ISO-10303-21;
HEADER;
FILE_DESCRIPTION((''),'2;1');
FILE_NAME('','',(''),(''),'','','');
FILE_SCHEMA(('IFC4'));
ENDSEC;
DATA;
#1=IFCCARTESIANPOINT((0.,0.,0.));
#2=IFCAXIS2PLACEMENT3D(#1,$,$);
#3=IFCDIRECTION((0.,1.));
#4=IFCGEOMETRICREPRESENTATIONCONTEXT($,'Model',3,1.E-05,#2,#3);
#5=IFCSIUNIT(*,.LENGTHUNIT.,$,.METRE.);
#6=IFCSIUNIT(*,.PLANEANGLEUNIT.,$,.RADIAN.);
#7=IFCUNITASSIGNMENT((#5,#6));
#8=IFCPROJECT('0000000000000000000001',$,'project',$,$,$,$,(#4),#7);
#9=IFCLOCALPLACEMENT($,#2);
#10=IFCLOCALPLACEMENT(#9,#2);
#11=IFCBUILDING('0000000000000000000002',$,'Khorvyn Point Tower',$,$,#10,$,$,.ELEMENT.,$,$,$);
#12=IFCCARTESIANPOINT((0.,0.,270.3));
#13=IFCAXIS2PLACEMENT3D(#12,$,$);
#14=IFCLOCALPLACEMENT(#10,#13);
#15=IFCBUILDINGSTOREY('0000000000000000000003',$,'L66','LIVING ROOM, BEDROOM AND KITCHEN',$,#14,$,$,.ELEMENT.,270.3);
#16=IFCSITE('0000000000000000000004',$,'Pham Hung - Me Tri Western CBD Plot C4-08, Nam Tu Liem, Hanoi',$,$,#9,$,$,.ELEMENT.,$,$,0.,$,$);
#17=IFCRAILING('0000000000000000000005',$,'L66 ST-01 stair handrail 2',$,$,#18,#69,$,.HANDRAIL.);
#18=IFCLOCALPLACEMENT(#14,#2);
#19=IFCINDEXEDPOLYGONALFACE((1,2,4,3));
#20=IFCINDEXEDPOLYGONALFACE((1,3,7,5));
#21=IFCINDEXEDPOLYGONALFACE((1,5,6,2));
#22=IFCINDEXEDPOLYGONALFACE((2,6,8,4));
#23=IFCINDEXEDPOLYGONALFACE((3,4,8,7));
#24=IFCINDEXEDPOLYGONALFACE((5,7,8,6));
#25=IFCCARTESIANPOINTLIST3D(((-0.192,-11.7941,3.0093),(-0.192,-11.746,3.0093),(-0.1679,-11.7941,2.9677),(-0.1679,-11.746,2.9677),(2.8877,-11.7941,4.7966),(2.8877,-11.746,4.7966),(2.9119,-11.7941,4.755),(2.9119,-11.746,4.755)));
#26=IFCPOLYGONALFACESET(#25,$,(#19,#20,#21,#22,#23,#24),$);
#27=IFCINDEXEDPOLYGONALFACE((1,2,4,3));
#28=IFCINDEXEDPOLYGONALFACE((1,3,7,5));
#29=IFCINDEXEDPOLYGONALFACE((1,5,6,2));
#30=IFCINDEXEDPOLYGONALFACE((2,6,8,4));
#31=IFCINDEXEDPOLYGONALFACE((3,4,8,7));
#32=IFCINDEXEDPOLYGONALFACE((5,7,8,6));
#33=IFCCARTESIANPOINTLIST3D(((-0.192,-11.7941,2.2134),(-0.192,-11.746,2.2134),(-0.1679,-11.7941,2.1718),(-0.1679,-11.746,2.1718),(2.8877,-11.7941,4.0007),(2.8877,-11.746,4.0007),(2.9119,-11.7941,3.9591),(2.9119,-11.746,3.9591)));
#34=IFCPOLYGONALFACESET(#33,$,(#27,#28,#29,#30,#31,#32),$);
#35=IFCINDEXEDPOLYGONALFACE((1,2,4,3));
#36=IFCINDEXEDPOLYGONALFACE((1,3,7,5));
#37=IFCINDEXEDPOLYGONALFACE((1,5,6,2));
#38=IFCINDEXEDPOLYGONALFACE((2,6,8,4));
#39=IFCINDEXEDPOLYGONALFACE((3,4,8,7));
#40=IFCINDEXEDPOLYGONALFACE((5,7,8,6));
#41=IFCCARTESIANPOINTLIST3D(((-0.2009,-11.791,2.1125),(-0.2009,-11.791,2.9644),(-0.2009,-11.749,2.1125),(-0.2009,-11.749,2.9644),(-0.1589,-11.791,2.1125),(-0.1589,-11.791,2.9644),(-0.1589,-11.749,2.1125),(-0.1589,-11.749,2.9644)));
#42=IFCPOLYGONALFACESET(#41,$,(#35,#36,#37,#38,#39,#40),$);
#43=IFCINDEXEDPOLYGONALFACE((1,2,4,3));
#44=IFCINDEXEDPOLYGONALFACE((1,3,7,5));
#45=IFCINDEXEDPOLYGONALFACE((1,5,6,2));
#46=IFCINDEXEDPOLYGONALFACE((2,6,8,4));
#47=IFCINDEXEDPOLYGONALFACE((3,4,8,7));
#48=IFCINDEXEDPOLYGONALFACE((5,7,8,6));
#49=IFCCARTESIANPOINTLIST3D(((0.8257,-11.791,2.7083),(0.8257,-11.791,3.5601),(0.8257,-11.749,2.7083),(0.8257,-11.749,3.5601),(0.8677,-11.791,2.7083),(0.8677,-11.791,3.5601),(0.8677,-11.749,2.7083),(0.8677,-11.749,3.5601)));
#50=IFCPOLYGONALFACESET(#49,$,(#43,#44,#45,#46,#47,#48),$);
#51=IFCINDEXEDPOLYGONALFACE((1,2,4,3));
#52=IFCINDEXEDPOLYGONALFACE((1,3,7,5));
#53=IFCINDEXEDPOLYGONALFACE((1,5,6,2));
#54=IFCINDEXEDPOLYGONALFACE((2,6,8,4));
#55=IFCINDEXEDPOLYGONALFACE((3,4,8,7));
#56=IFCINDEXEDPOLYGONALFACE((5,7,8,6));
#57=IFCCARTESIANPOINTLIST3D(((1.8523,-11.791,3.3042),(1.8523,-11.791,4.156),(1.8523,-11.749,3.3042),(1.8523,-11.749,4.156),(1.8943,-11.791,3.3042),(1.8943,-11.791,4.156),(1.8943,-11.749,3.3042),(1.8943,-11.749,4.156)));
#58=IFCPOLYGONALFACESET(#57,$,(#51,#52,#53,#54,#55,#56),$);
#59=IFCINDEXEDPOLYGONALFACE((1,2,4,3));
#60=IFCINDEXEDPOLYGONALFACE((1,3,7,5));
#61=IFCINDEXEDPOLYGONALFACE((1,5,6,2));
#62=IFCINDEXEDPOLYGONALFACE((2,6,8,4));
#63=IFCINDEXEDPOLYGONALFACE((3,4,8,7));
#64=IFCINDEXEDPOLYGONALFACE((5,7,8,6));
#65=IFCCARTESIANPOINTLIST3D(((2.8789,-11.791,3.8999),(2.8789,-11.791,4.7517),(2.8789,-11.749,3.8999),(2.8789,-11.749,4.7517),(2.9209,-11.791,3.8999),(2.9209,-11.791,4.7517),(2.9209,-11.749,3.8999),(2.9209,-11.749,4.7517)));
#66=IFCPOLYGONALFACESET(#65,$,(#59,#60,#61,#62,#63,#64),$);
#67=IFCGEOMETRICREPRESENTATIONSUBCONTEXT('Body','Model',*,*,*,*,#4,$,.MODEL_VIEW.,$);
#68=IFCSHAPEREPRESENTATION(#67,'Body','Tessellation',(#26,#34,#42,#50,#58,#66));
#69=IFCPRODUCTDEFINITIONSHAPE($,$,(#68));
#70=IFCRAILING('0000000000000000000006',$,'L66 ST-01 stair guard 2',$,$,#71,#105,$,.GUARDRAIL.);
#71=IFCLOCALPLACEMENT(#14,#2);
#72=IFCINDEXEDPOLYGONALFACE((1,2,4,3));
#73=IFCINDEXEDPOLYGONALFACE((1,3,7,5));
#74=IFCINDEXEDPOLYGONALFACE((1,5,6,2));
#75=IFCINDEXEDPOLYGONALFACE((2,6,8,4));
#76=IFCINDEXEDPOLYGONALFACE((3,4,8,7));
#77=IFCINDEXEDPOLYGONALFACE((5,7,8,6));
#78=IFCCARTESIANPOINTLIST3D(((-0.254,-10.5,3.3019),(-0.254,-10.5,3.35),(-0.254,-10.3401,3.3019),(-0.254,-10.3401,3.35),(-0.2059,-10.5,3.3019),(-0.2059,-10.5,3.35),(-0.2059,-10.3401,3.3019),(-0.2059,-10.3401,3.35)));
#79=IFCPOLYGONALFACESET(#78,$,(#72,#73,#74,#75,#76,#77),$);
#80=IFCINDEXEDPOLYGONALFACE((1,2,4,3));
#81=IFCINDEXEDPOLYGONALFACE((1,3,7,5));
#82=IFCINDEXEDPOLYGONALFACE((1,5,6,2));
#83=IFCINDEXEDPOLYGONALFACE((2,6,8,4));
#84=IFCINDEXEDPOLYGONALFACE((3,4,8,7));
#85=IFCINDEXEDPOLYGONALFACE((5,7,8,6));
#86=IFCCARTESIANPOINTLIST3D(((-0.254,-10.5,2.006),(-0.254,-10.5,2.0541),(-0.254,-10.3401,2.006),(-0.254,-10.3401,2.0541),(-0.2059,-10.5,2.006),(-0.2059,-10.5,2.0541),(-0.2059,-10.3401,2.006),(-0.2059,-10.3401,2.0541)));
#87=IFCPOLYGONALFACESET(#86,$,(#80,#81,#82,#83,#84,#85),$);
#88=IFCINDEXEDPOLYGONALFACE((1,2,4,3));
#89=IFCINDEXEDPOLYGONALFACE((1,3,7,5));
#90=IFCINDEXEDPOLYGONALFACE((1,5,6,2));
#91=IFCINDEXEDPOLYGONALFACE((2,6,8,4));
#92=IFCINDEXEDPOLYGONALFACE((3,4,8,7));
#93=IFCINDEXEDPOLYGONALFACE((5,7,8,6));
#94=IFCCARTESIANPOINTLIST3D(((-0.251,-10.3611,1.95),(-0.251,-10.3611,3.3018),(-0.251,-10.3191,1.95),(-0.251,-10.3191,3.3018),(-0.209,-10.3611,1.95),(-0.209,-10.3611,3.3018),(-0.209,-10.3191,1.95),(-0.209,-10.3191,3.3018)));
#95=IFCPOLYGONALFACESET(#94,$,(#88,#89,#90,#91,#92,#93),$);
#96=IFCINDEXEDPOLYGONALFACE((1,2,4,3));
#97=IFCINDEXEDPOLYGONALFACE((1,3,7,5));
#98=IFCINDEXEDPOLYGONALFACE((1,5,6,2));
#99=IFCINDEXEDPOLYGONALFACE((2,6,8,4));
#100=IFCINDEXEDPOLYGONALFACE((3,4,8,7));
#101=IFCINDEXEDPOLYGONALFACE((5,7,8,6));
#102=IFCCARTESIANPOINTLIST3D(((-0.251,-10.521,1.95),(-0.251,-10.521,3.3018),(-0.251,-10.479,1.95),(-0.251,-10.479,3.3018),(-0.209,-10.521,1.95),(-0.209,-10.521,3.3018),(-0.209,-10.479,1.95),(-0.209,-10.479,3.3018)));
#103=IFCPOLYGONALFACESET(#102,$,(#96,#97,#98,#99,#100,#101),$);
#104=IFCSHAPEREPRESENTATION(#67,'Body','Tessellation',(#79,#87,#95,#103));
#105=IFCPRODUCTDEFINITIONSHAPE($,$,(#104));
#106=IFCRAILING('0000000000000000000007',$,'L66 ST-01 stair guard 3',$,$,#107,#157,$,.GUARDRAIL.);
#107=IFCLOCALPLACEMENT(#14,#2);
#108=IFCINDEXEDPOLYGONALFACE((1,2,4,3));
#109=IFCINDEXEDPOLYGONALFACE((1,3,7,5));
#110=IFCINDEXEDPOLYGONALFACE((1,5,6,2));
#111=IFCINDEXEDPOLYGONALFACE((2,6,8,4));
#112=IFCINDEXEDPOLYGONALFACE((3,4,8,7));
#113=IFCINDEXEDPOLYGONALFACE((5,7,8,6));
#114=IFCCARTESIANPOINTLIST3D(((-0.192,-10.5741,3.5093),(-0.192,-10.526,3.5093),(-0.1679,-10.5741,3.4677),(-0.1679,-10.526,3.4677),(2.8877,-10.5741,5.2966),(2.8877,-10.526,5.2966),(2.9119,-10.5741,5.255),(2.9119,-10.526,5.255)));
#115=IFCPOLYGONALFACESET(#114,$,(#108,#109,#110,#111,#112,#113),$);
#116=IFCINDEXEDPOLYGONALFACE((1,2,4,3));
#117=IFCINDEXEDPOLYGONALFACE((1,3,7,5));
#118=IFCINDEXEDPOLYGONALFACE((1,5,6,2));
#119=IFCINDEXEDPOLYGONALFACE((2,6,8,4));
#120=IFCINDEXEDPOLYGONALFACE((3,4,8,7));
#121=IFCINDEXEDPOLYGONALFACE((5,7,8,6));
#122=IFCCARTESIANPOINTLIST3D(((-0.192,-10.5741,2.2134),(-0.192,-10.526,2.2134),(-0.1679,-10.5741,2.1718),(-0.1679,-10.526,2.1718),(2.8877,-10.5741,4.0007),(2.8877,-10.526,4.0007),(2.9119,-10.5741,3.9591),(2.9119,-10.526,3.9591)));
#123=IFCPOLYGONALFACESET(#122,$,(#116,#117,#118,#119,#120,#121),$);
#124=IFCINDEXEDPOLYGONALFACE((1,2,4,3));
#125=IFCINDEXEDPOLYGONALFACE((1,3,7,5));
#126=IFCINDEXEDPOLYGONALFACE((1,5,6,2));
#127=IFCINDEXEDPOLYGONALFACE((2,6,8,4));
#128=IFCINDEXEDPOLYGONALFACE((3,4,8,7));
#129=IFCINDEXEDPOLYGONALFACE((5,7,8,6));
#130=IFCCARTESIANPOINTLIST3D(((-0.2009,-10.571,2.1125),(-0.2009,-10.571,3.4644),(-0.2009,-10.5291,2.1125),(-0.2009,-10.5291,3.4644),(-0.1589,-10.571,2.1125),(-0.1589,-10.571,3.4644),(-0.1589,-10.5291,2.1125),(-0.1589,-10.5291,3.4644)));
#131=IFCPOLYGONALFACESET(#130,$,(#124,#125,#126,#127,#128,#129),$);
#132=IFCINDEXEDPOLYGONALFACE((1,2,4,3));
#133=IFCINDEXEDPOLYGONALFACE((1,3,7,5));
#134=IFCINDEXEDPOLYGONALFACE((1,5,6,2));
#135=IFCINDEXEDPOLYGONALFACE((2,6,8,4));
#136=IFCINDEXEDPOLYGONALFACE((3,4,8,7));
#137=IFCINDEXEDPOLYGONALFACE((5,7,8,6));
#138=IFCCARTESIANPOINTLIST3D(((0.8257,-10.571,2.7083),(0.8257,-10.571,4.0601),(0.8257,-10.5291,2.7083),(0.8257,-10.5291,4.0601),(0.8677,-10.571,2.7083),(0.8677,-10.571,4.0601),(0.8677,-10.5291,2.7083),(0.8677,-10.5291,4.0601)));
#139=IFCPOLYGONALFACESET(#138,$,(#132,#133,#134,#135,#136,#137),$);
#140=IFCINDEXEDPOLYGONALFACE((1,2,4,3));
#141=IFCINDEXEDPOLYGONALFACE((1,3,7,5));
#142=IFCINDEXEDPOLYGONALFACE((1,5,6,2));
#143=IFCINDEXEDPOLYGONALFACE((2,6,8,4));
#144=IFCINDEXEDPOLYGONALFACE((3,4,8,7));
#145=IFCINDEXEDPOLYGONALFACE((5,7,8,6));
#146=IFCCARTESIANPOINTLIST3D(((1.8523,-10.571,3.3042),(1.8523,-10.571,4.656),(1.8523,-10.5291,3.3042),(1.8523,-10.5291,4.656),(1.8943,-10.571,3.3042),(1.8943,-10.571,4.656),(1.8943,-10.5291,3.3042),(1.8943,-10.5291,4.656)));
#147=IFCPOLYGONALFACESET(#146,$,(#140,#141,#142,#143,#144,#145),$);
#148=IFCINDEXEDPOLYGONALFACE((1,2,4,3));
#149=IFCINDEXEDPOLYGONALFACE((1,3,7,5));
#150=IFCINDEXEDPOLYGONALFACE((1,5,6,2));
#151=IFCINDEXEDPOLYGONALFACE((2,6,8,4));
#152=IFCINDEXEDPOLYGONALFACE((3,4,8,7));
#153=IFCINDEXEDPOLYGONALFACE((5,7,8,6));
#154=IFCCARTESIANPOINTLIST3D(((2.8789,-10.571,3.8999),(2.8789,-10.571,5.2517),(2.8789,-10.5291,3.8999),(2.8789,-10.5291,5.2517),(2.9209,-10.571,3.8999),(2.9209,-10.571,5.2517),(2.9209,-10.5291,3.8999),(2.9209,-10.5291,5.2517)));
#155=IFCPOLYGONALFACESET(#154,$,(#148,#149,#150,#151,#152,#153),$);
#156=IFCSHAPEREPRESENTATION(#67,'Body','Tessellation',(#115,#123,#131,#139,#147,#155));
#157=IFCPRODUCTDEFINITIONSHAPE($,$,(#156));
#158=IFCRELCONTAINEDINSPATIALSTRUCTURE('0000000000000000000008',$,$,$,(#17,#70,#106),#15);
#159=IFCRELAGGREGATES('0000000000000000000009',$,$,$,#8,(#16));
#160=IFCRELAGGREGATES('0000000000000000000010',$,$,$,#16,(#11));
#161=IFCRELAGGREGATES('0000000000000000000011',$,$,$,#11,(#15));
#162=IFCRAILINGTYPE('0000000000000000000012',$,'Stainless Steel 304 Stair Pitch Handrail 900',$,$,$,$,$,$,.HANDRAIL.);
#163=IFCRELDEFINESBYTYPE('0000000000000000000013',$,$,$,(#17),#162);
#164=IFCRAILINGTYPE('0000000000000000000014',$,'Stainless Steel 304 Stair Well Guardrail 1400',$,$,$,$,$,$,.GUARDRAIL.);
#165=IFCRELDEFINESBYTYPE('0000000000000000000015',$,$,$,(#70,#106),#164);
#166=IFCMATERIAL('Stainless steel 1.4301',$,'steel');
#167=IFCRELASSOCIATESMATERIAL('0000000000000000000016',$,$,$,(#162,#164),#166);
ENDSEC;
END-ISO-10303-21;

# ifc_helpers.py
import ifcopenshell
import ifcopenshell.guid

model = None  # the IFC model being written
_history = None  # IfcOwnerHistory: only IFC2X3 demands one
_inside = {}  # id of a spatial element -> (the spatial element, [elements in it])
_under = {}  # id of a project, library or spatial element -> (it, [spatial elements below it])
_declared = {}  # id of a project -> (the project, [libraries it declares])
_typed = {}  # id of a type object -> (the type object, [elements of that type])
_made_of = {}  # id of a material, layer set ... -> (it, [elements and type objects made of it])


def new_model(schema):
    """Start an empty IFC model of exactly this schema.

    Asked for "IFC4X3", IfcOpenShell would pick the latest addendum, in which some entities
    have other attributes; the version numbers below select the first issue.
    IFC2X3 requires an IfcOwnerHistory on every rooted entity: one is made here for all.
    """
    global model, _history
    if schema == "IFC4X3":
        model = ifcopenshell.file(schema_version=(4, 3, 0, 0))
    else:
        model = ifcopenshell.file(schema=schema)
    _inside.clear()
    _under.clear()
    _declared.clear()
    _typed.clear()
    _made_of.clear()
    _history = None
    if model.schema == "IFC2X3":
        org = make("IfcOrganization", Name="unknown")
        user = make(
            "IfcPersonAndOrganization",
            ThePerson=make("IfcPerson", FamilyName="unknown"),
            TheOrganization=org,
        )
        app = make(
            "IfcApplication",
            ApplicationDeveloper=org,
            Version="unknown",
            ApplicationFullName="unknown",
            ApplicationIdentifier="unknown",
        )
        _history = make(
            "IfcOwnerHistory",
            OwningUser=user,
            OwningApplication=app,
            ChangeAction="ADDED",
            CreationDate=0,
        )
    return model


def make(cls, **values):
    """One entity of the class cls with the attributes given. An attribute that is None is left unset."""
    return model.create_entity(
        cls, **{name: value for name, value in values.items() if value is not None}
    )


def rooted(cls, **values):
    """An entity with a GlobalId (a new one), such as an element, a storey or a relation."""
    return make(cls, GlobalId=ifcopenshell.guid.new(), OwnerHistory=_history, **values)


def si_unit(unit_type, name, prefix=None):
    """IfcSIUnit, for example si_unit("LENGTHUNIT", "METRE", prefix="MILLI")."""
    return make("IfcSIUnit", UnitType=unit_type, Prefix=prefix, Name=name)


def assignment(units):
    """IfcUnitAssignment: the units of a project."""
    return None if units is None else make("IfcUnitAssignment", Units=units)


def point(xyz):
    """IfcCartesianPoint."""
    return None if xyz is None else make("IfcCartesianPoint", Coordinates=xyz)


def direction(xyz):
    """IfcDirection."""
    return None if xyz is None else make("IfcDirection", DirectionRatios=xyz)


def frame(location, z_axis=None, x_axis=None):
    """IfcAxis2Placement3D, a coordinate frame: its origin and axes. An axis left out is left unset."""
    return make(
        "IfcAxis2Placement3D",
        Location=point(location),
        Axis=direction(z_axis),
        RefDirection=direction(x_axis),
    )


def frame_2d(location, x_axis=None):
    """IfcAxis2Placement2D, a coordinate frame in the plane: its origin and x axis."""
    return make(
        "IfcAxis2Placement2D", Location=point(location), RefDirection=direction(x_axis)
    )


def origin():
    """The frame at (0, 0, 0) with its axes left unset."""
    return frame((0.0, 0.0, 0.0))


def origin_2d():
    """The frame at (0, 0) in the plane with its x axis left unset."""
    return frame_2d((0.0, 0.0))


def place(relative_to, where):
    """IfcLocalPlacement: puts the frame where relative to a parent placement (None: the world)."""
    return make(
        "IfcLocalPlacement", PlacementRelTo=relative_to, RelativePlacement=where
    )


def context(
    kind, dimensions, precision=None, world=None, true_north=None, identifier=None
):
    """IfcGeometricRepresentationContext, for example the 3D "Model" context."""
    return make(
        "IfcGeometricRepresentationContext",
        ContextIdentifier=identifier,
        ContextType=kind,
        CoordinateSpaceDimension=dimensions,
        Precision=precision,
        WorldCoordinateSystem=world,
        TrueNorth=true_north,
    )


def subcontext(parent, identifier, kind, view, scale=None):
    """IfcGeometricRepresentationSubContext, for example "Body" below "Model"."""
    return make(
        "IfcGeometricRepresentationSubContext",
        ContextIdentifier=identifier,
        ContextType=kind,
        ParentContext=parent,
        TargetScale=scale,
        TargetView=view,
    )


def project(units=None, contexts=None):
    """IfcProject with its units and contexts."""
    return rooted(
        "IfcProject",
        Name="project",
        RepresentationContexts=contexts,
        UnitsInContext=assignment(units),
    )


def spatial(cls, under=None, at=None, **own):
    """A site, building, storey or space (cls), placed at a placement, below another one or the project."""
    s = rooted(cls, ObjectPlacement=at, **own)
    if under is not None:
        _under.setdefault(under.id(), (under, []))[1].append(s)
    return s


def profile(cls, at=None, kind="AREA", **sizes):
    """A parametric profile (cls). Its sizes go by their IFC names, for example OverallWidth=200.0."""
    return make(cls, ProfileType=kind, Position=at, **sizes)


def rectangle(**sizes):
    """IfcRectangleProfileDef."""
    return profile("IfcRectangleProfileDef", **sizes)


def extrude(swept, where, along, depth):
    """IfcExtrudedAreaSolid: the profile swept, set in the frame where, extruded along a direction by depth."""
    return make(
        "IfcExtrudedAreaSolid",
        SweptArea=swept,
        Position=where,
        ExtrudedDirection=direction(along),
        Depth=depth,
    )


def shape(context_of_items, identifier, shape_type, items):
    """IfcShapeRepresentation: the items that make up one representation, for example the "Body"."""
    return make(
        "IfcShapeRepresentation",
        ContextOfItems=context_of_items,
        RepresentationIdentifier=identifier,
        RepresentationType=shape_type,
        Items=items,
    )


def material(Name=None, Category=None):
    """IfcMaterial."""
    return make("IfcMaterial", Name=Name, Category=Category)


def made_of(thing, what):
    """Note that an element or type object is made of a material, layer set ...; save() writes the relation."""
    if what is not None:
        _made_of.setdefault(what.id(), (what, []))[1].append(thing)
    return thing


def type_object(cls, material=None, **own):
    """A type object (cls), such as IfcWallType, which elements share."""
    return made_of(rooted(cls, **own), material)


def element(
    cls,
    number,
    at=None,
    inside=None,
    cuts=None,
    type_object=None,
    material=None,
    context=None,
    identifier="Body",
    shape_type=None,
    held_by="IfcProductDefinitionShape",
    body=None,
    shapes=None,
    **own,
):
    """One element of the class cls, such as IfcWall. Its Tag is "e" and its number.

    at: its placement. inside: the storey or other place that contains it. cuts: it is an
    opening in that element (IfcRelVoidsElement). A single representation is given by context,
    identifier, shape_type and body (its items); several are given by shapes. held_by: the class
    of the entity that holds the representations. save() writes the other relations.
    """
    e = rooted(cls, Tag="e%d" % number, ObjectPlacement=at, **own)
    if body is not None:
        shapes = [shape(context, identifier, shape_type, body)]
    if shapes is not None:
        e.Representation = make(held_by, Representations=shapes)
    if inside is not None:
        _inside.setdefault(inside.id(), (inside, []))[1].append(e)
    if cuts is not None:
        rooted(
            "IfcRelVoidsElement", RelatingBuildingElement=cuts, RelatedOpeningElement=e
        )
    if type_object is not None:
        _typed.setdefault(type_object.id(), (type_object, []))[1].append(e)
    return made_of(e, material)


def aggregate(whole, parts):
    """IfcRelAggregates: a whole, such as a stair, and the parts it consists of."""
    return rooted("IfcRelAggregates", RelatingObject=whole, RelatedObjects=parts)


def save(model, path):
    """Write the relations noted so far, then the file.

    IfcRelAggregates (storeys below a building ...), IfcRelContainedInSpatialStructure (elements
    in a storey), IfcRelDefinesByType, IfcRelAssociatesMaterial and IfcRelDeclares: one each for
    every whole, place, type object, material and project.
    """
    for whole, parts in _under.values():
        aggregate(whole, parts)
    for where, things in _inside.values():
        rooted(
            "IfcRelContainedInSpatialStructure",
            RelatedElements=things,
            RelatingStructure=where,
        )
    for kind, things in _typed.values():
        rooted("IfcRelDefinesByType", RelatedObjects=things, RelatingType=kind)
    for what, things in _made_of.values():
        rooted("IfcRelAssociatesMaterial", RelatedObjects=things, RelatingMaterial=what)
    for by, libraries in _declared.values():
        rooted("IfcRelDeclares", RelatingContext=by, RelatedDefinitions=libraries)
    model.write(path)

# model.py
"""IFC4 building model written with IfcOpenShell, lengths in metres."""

from ifc_helpers import new_model, si_unit, direction, frame, origin, origin_2d, place, context, subcontext, project, spatial, rectangle, extrude, material, type_object, element, save


model = new_model("IFC4")

# Units and contexts
model_context = context("Model", 3, precision=1e-05, world=origin(), true_north=direction((0.0, 1.0)))
body_context = subcontext(model_context, "Body", "Model", "MODEL_VIEW")
ifc_project = project(units=[si_unit("LENGTHUNIT", "METRE"), si_unit("PLANEANGLEUNIT", "RADIAN")], contexts=[model_context])

# Site, building, storey
site_placement = place(None, origin())
site = spatial("IfcSite", under=ifc_project, at=site_placement, Name="Pham Hung - Me Tri Western CBD Plot C4-08, Nam Tu Liem, Hanoi", CompositionType="ELEMENT", RefElevation=0.0)
building_placement = place(site_placement, origin())
building = spatial("IfcBuilding", under=site, at=building_placement, Name="Khorvyn Point Tower", CompositionType="ELEMENT")
storey_placement = place(building_placement, frame((0.0, 0.0, 270.3)))
storey = spatial("IfcBuildingStorey", under=building, at=storey_placement, Name="L66", Description="LIVING ROOM, BEDROOM AND KITCHEN", CompositionType="ELEMENT", Elevation=270.3)

# Railings
ifc_material_1 = material(Name="Stainless steel 1.4301", Category="steel")
railing_type_1 = type_object("IfcRailingType", Name="Stainless Steel 304 Stair Pitch Handrail 900", PredefinedType="HANDRAIL", material=ifc_material_1)
railing_1_placement = place(storey_placement, frame((-0.1799, -11.77, 2.1125)))
element("IfcRailing", 1, at=railing_1_placement, inside=storey, type_object=railing_type_1, Name="L66 ST-01 stair handrail 2", PredefinedType="HANDRAIL", context=body_context, shape_type="SweptSolid", body=[
    extrude(rectangle(XDim=0.0481, YDim=0.0481, at=origin_2d()), frame((0.0, 0.0, 0.876), z_axis=(0.864903, 0.0, 0.501939), x_axis=(0.0, 1.0, 0.0)), (0.0, 0.0, 1.0), 3.5608),
    extrude(rectangle(XDim=0.0481, YDim=0.0481, at=origin_2d()), frame((0.0, 0.0, 0.0801), z_axis=(0.864903, 0.0, 0.501939), x_axis=(0.0, 1.0, 0.0)), (0.0, 0.0, 1.0), 3.5608),
    extrude(rectangle(XDim=0.042, YDim=0.042, at=origin_2d()), origin(), (0.0, 0.0, 1.0), 0.8518),
    extrude(rectangle(XDim=0.042, YDim=0.042, at=origin_2d()), frame((1.0266, 0.0, 0.5957)), (0.0, 0.0, 1.0), 0.8518),
    extrude(rectangle(XDim=0.042, YDim=0.042, at=origin_2d()), frame((2.0532, 0.0, 1.1917)), (0.0, 0.0, 1.0), 0.8518),
    extrude(rectangle(XDim=0.042, YDim=0.042, at=origin_2d()), frame((3.0798, 0.0, 1.7874)), (0.0, 0.0, 1.0), 0.8518),
])
railing_type_2 = type_object("IfcRailingType", Name="Stainless Steel 304 Stair Well Guardrail 1400", PredefinedType="GUARDRAIL", material=ifc_material_1)
railing_2_placement = place(storey_placement, frame((-0.23, -10.3401, 1.95)))
element("IfcRailing", 2, at=railing_2_placement, inside=storey, type_object=railing_type_2, Name="L66 ST-01 stair guard 2", PredefinedType="GUARDRAIL", context=body_context, shape_type="SweptSolid", body=[
    extrude(rectangle(XDim=0.0481, YDim=0.0481, at=origin_2d()), frame((0.0, 0.0, 1.376), z_axis=(0.0, -1.0, 0.0), x_axis=(1.0, 0.0, 0.0)), (0.0, 0.0, 1.0), 0.1599),
    extrude(rectangle(XDim=0.0481, YDim=0.0481, at=origin_2d()), frame((0.0, 0.0, 0.0801), z_axis=(0.0, -1.0, 0.0), x_axis=(1.0, 0.0, 0.0)), (0.0, 0.0, 1.0), 0.1599),
    extrude(rectangle(XDim=0.042, YDim=0.042, at=origin_2d()), origin(), (0.0, 0.0, 1.0), 1.3518),
    extrude(rectangle(XDim=0.042, YDim=0.042, at=origin_2d()), frame((0.0, -0.1599, 0.0)), (0.0, 0.0, 1.0), 1.3518),
])
railing_3_placement = place(storey_placement, frame((-0.1799, -10.55, 2.1125)))
element("IfcRailing", 3, at=railing_3_placement, inside=storey, type_object=railing_type_2, Name="L66 ST-01 stair guard 3", PredefinedType="GUARDRAIL", context=body_context, shape_type="SweptSolid", body=[
    extrude(rectangle(XDim=0.0481, YDim=0.0481, at=origin_2d()), frame((0.0, 0.0, 1.376), z_axis=(0.864903, 0.0, 0.501939), x_axis=(0.0, 1.0, 0.0)), (0.0, 0.0, 1.0), 3.5608),
    extrude(rectangle(XDim=0.0481, YDim=0.0481, at=origin_2d()), frame((0.0, 0.0, 0.0801), z_axis=(0.864903, 0.0, 0.501939), x_axis=(0.0, 1.0, 0.0)), (0.0, 0.0, 1.0), 3.5608),
    extrude(rectangle(XDim=0.042, YDim=0.042, at=origin_2d()), origin(), (0.0, 0.0, 1.0), 1.3518),
    extrude(rectangle(XDim=0.042, YDim=0.042, at=origin_2d()), frame((1.0266, 0.0, 0.5957)), (0.0, 0.0, 1.0), 1.3518),
    extrude(rectangle(XDim=0.042, YDim=0.042, at=origin_2d()), frame((2.0532, 0.0, 1.1917)), (0.0, 0.0, 1.0), 1.3518),
    extrude(rectangle(XDim=0.042, YDim=0.042, at=origin_2d()), frame((3.0798, 0.0, 1.7874)), (0.0, 0.0, 1.0), 1.3518),
])

save(model, "model.ifc")
